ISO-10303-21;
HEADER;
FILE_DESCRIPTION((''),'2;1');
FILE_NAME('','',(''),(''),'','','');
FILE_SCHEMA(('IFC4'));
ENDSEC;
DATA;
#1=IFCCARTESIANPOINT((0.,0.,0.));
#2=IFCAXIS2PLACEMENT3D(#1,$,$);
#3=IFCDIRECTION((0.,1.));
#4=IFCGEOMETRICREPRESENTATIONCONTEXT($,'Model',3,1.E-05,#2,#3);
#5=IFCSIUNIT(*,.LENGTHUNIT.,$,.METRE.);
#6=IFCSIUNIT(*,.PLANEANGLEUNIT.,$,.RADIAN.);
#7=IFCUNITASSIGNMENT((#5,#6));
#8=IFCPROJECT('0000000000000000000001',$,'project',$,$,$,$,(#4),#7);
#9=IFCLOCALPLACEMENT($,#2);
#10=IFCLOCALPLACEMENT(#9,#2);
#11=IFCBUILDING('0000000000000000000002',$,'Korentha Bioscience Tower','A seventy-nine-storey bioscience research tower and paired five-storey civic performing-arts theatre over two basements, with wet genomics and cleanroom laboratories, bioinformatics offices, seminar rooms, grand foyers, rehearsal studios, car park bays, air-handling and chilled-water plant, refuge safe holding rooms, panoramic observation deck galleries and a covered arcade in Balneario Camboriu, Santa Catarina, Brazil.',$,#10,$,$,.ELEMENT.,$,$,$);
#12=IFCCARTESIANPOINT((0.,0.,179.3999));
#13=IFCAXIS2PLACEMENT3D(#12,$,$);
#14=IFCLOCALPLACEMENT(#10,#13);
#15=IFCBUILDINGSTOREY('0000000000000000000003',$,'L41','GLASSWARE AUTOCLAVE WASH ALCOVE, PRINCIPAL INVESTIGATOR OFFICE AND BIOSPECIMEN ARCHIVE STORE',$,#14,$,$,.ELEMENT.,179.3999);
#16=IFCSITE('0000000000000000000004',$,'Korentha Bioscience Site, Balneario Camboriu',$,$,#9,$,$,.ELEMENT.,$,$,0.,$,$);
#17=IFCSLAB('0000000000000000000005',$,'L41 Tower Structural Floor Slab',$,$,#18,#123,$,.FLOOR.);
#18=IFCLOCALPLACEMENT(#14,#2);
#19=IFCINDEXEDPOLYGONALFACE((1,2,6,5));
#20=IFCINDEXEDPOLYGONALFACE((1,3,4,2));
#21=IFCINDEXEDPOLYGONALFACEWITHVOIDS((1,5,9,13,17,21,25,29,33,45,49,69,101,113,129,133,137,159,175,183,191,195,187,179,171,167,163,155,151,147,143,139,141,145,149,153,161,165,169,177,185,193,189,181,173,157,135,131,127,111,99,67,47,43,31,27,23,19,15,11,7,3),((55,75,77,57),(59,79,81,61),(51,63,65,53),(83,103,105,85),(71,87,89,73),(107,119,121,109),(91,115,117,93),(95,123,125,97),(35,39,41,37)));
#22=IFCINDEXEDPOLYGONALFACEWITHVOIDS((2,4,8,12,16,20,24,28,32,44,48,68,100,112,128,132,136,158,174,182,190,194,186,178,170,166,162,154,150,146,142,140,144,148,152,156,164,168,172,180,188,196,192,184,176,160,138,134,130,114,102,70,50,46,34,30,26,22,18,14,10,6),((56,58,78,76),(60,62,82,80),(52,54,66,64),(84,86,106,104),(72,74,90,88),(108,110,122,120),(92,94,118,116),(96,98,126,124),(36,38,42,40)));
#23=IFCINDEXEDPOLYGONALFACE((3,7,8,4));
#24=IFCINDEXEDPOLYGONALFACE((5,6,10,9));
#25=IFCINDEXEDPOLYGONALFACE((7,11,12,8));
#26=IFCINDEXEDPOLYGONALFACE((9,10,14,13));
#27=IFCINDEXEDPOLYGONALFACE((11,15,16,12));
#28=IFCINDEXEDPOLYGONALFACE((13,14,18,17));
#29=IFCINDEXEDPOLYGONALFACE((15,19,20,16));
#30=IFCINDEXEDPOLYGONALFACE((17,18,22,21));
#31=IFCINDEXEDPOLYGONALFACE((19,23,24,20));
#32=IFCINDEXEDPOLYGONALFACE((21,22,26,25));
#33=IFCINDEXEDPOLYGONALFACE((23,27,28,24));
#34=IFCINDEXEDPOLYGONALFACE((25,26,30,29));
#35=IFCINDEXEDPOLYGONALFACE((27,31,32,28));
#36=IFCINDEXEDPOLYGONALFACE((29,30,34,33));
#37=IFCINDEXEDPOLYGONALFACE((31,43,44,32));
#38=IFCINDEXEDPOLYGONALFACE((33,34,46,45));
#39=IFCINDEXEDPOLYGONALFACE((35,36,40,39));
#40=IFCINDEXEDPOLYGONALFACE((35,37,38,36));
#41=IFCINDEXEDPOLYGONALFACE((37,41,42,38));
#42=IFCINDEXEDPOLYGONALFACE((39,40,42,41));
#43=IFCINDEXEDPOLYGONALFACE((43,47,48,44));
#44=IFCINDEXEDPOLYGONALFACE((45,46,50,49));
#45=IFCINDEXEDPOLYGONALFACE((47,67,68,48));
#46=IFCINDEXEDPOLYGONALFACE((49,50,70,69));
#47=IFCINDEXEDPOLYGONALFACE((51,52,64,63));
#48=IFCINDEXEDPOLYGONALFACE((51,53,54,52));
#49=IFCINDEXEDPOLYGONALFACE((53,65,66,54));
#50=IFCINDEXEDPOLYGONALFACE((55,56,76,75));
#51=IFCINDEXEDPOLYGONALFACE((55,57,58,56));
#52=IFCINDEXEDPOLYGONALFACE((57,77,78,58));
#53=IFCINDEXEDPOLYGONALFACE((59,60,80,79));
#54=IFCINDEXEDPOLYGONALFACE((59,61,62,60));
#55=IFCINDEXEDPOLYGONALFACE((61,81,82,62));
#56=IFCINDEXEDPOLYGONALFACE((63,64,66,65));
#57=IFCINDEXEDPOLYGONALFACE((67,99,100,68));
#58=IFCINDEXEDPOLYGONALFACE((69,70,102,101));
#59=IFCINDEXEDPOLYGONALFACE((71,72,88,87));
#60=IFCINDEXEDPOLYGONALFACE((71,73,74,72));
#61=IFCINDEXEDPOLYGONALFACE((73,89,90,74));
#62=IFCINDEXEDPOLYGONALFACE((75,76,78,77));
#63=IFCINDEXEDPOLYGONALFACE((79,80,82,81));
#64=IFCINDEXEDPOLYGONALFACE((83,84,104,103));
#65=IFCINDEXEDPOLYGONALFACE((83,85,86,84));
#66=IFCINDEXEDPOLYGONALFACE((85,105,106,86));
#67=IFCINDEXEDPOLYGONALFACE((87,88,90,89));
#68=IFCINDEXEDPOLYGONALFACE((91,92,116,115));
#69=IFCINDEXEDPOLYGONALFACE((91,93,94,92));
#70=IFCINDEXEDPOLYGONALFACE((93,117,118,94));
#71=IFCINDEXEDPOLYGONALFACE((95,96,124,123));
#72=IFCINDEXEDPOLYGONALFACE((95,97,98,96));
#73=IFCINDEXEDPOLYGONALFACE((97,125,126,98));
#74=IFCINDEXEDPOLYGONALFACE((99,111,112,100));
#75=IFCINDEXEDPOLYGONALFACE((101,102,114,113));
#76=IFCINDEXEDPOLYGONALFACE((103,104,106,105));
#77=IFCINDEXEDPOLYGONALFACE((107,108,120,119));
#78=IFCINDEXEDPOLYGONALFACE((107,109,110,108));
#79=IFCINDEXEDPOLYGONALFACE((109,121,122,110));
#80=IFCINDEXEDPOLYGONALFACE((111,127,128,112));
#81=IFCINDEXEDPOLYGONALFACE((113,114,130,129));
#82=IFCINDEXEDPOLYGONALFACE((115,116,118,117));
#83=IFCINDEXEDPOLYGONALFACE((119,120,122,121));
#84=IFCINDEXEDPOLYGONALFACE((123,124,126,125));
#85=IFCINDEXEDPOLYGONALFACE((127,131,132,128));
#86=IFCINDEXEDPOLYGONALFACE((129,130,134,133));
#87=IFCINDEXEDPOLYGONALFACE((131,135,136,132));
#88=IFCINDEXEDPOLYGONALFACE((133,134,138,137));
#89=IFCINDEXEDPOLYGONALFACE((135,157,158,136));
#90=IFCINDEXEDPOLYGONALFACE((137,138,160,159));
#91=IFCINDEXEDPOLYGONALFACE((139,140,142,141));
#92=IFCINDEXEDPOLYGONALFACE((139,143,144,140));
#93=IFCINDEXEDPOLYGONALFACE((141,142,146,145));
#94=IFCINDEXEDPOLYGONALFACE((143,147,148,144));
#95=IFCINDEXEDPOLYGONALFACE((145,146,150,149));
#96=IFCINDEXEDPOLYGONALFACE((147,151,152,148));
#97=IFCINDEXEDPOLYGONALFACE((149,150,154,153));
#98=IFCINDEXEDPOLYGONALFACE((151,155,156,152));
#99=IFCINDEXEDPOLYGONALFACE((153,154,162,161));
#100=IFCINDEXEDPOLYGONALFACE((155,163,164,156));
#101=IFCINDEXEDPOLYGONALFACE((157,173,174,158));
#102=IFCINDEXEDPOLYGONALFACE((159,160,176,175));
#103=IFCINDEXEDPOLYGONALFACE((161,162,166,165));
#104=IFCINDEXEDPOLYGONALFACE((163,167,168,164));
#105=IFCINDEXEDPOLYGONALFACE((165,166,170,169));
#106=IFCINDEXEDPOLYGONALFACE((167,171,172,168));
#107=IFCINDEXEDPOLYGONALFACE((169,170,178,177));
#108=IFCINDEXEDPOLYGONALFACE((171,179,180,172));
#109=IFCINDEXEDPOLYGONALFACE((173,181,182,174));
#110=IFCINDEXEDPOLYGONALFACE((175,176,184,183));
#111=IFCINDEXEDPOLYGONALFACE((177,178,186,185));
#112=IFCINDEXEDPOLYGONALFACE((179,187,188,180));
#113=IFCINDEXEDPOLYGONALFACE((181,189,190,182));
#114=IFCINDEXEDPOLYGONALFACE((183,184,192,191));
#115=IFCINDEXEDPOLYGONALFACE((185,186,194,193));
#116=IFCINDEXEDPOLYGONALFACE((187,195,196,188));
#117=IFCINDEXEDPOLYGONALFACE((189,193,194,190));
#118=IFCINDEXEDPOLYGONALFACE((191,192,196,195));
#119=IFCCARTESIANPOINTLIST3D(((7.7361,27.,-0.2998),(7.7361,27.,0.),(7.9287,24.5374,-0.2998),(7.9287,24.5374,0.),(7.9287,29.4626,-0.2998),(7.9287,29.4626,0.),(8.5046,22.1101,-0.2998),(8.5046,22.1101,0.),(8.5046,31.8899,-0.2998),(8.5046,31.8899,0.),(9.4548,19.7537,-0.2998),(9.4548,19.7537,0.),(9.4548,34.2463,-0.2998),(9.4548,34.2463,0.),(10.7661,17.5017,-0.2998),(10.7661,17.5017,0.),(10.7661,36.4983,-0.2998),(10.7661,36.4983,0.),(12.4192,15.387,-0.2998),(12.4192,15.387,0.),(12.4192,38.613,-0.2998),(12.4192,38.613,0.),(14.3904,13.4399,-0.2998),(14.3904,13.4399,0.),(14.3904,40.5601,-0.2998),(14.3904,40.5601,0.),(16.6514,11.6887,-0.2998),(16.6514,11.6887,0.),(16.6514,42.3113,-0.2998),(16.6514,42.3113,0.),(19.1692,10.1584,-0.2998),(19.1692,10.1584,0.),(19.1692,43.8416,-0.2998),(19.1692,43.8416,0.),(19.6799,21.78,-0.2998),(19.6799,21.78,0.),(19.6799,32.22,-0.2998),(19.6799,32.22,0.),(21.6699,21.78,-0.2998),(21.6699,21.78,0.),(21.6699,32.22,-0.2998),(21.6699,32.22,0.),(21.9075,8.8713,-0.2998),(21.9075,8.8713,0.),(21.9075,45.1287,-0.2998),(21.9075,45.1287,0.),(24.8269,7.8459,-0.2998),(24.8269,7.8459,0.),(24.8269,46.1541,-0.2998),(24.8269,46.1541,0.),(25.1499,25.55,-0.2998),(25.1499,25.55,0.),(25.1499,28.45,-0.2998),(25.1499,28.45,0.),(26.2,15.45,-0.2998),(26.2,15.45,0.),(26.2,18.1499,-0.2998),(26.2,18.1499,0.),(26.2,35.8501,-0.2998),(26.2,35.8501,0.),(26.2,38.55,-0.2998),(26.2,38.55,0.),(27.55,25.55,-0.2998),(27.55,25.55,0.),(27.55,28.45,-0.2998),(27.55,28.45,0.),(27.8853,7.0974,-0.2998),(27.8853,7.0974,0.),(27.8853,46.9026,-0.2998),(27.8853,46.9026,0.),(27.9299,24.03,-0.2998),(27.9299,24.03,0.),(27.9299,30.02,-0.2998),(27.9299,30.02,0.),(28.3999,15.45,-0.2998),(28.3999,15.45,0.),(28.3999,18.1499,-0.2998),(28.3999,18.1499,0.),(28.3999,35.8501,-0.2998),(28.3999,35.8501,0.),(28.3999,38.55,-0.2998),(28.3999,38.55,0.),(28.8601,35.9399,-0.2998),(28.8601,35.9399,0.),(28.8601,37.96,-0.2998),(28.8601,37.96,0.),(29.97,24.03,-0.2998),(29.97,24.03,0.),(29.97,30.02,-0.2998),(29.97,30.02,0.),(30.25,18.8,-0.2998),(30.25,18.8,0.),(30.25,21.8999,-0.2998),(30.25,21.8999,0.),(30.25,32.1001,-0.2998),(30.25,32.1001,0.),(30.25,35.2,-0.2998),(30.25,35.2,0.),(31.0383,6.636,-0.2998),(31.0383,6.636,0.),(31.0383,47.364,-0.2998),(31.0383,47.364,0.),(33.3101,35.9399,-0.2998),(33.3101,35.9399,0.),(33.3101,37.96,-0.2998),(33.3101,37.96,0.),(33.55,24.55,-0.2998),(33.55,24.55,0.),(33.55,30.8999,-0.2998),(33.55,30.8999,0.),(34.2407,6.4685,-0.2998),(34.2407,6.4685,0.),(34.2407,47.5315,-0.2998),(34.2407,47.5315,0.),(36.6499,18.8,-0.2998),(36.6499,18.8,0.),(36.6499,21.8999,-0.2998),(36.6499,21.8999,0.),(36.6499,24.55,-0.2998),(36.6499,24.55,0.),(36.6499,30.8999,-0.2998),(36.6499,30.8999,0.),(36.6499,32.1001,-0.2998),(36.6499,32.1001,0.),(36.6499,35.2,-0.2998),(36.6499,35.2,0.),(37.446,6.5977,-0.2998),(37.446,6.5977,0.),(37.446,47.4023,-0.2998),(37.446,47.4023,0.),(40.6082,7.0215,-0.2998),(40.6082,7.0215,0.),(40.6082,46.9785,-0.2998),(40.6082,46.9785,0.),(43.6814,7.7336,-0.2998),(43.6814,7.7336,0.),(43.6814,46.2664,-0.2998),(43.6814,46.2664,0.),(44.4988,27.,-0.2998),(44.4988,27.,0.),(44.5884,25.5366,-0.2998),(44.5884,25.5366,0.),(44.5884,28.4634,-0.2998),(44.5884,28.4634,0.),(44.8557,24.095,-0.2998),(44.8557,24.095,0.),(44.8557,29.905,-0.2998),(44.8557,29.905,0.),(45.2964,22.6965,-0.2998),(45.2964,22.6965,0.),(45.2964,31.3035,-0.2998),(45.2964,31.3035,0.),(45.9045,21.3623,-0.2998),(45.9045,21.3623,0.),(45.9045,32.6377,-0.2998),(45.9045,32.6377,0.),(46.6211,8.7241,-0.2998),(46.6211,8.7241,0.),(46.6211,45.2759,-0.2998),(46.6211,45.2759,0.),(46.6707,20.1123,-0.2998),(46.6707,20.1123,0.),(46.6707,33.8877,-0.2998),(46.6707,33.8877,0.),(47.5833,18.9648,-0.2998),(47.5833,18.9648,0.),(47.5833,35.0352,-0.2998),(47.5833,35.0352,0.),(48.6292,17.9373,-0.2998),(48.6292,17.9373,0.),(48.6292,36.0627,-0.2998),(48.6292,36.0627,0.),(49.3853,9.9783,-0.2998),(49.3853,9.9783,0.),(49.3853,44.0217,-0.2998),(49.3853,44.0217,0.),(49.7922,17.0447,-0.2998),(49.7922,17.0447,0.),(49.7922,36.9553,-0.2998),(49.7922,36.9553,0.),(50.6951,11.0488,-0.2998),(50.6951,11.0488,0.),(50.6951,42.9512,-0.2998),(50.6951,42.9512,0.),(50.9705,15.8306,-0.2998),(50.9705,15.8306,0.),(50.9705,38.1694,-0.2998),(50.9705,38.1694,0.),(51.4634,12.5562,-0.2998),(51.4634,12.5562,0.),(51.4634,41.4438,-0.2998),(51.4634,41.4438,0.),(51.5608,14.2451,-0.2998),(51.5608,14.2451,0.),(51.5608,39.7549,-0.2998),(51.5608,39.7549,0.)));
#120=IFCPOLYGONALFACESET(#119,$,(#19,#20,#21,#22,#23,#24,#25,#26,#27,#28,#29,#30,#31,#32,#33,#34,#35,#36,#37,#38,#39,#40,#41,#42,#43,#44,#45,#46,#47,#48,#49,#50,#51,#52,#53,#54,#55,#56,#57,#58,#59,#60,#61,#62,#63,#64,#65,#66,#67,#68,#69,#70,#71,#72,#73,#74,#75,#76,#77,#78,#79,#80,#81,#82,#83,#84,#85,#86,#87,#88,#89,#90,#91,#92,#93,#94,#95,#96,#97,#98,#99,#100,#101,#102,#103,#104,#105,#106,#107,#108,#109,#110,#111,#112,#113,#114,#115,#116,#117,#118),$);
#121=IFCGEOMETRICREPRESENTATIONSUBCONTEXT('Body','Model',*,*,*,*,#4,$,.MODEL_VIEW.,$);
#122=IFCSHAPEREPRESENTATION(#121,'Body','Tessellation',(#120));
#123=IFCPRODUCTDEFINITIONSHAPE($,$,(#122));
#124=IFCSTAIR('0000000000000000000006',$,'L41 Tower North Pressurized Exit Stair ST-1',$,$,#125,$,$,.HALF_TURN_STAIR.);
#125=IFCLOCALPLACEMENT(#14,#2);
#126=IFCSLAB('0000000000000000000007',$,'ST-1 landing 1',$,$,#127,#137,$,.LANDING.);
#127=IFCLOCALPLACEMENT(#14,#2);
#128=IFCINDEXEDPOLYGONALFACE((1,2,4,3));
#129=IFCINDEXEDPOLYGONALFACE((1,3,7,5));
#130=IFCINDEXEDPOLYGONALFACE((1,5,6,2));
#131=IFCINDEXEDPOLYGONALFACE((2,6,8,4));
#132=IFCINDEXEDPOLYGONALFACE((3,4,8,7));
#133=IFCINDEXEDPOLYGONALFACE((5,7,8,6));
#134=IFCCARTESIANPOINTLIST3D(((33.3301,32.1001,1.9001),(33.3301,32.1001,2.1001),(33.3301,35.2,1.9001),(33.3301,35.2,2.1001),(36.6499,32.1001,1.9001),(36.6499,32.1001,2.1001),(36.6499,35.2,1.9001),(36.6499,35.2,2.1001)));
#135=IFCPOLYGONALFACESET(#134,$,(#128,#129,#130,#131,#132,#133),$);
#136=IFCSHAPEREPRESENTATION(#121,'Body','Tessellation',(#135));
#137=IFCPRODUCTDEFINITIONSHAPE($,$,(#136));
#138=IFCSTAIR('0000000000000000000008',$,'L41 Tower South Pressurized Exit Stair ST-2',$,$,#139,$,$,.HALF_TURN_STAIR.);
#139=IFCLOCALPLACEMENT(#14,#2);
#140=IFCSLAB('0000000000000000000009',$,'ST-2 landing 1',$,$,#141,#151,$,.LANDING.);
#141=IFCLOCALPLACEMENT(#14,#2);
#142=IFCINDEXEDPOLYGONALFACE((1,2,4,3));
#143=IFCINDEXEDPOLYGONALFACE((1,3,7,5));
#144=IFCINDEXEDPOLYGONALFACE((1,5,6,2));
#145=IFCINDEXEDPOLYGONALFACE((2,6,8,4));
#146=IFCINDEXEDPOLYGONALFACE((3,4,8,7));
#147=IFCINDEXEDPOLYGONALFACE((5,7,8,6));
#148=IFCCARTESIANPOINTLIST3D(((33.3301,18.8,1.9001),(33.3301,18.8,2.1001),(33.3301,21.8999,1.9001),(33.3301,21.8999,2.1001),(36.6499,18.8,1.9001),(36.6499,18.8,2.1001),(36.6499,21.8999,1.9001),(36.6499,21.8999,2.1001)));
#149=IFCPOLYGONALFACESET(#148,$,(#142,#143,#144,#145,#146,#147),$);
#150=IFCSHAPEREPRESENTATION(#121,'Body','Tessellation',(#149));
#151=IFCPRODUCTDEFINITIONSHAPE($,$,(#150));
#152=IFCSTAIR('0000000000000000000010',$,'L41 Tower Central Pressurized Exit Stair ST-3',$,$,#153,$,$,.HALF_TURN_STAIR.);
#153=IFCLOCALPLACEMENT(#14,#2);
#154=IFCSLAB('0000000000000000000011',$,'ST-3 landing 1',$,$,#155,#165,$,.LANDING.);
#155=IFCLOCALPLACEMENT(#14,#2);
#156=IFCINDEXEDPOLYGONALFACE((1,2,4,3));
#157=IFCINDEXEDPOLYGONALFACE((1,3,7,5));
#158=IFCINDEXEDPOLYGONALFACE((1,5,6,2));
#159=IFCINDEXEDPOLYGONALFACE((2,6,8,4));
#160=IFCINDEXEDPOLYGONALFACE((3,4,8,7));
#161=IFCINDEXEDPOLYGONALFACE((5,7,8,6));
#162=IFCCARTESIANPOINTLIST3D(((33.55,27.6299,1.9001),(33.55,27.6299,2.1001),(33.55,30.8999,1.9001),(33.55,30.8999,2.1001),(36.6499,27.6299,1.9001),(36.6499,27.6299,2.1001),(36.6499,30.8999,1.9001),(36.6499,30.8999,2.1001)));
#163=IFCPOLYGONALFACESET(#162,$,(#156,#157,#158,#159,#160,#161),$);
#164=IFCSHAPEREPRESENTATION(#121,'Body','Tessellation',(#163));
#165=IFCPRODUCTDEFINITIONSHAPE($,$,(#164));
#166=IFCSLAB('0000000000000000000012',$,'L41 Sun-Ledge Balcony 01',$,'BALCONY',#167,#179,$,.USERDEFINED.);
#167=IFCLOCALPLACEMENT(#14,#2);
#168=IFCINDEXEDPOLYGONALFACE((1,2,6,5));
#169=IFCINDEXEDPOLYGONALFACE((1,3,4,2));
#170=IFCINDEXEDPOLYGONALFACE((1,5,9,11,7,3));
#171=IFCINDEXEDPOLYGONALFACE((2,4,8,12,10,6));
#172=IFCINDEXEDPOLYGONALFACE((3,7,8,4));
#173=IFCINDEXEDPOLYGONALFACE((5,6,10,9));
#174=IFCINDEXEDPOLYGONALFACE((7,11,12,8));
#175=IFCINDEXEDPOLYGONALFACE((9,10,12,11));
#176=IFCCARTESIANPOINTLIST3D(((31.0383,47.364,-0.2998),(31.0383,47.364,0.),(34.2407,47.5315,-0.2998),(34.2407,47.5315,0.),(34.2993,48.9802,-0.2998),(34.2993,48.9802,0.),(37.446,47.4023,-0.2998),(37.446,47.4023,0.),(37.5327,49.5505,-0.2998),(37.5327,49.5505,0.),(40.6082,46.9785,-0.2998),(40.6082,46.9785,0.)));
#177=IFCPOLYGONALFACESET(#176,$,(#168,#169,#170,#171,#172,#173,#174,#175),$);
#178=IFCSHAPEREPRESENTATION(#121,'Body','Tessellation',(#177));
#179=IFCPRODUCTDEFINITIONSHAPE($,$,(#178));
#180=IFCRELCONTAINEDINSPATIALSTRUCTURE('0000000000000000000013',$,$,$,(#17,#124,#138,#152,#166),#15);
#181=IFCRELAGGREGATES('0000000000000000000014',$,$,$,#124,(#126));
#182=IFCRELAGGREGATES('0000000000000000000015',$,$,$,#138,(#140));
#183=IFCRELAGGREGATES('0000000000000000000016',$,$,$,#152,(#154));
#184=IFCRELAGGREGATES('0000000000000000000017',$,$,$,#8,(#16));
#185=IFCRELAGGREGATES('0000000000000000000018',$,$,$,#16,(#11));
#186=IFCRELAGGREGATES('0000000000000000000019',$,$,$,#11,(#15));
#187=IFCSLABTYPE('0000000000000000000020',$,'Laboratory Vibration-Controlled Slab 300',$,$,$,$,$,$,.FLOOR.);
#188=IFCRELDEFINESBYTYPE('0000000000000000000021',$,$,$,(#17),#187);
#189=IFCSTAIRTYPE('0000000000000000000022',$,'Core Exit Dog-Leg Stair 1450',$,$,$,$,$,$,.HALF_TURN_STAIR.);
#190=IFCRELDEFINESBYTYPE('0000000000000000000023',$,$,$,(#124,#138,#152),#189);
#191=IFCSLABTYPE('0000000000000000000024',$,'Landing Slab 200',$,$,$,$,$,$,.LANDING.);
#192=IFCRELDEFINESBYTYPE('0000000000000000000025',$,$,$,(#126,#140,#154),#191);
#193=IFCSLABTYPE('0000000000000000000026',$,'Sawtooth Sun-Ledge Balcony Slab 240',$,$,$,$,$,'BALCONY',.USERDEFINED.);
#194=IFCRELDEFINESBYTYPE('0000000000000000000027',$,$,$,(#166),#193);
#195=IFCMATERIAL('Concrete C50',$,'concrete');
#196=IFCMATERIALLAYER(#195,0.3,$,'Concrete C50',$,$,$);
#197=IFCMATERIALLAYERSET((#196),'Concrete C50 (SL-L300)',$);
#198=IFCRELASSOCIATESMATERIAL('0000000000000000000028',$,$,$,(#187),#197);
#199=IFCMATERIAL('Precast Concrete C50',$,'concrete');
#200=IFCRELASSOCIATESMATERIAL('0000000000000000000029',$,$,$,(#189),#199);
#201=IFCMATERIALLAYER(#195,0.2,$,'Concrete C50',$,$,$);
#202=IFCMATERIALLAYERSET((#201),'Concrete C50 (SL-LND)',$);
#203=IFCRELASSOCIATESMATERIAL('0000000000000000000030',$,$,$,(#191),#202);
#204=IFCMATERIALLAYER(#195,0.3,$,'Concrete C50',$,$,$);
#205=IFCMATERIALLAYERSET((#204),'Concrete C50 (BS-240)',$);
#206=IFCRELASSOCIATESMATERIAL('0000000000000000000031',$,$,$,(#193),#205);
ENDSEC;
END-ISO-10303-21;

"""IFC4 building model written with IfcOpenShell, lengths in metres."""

from ifc_helpers import new_model, si_unit, direction, frame, origin, place, context, subcontext, project, spatial, polyline, outline, extrude, material, layer, layer_set, type_object, element, aggregate, save


model = new_model("IFC4")

# Units and contexts
model_context = context("Model", 3, precision=1e-05, world=origin(), true_north=direction((0.0, 1.0)))
body_context = subcontext(model_context, "Body", "Model", "MODEL_VIEW")
ifc_project = project(units=[si_unit("LENGTHUNIT", "METRE"), si_unit("PLANEANGLEUNIT", "RADIAN")], contexts=[model_context])

# Site, building, storey
site_placement = place(None, origin())
site = spatial("IfcSite", under=ifc_project, at=site_placement, Name="Korentha Bioscience Site, Balneario Camboriu", CompositionType="ELEMENT", RefElevation=0.0)
building_placement = place(site_placement, origin())
building = spatial("IfcBuilding", under=site, at=building_placement, Name="Korentha Bioscience Tower", Description="A seventy-nine-storey bioscience research tower and paired five-storey civic performing-arts theatre over two basements, with wet genomics and cleanroom laboratories, bioinformatics offices, seminar rooms, grand foyers, rehearsal studios, car park bays, air-handling and chilled-water plant, refuge safe holding rooms, panoramic observation deck galleries and a covered arcade in Balneario Camboriu, Santa Catarina, Brazil.", CompositionType="ELEMENT")
storey_placement = place(building_placement, frame((0.0, 0.0, 179.3999)))
storey = spatial("IfcBuildingStorey", under=building, at=storey_placement, Name="L41", Description="GLASSWARE AUTOCLAVE WASH ALCOVE, PRINCIPAL INVESTIGATOR OFFICE AND BIOSPECIMEN ARCHIVE STORE", CompositionType="ELEMENT", Elevation=179.3999)

# Slab
ifc_material_1 = material(Name="Concrete C50", Category="concrete")
ifc_layer_1 = layer(ifc_material_1, 0.3, Name="Concrete C50")
ifc_layer_set_1 = layer_set([ifc_layer_1], Name="Concrete C50 (SL-L300)")
slab_type_1 = type_object("IfcSlabType", Name="Laboratory Vibration-Controlled Slab 300", PredefinedType="FLOOR", material=ifc_layer_set_1)
slab_1_placement = place(storey_placement, frame((0.0, 0.0, -0.2998)))
element("IfcSlab", 1, at=slab_1_placement, inside=storey, type_object=slab_type_1, Name="L41 Tower Structural Floor Slab", PredefinedType="FLOOR", context=body_context, shape_type="SweptSolid", body=[
    extrude(outline(polyline([(49.3853, 44.0217), (46.6211, 45.2759), (43.6814, 46.2664), (40.6082, 46.9785), (37.446, 47.4023), (34.2407, 47.5315), (31.0383, 47.364), (27.8853, 46.9026), (24.8269, 46.1541), (21.9075, 45.1287), (19.1692, 43.8416), (16.6514, 42.3113), (14.3904, 40.5601), (12.4192, 38.613), (10.7661, 36.4983), (9.4548, 34.2463), (8.5046, 31.8899), (7.9287, 29.4626), (7.7361, 27.0), (7.9287, 24.5374), (8.5046, 22.1101), (9.4548, 19.7537), (10.7661, 17.5017), (12.4192, 15.387), (14.3904, 13.4399), (16.6514, 11.6887), (19.1692, 10.1584), (21.9075, 8.8713), (24.8269, 7.8459), (27.8853, 7.0974), (31.0383, 6.636), (34.2407, 6.4685), (37.446, 6.5977), (40.6082, 7.0215), (43.6814, 7.7336), (46.6211, 8.7241), (49.3853, 9.9783), (50.6951, 11.0488), (51.4634, 12.5562), (51.5608, 14.2451), (50.9705, 15.8306), (49.7922, 17.0447), (48.6292, 17.9373), (47.5833, 18.9648), (46.6707, 20.1123), (45.9045, 21.3623), (45.2964, 22.6965), (44.8557, 24.095), (44.5884, 25.5366), (44.4988, 27.0), (44.5884, 28.4634), (44.8557, 29.905), (45.2964, 31.3035), (45.9045, 32.6377), (46.6707, 33.8877), (47.5833, 35.0352), (48.6292, 36.0627), (49.7922, 36.9553), (50.9705, 38.1694), (51.5608, 39.7549), (51.4634, 41.4438), (50.6951, 42.9512), (49.3853, 44.0217)]), holes=[polyline([(30.25, 32.1001), (36.6499, 32.1001), (36.6499, 35.2), (30.25, 35.2), (30.25, 32.1001)]), polyline([(30.25, 18.8), (36.6499, 18.8), (36.6499, 21.8999), (30.25, 21.8999), (30.25, 18.8)]), polyline([(36.6499, 24.55), (36.6499, 30.8999), (33.55, 30.8999), (33.55, 24.55), (36.6499, 24.55)]), polyline([(19.6799, 21.78), (21.6699, 21.78), (21.6699, 32.22), (19.6799, 32.22), (19.6799, 21.78)]), polyline([(27.9299, 24.03), (29.97, 24.03), (29.97, 30.02), (27.9299, 30.02), (27.9299, 24.03)]), polyline([(28.8601, 35.9399), (33.3101, 35.9399), (33.3101, 37.96), (28.8601, 37.96), (28.8601, 35.9399)]), polyline([(26.2, 15.45), (28.3999, 15.45), (28.3999, 18.1499), (26.2, 18.1499), (26.2, 15.45)]), polyline([(26.2, 35.8501), (28.3999, 35.8501), (28.3999, 38.55), (26.2, 38.55), (26.2, 35.8501)]), polyline([(25.1499, 25.55), (27.55, 25.55), (27.55, 28.45), (25.1499, 28.45), (25.1499, 25.55)])]), origin(), (0.0, 0.0, 1.0), 0.2998),
])

# Stairs, slabs
ifc_material_2 = material(Name="Precast Concrete C50", Category="concrete")
stair_type = type_object("IfcStairType", Name="Core Exit Dog-Leg Stair 1450", PredefinedType="HALF_TURN_STAIR", material=ifc_material_2)
stair_1_placement = place(storey_placement, origin())
stair_1 = element("IfcStair", 2, at=stair_1_placement, inside=storey, type_object=stair_type, Name="L41 Tower North Pressurized Exit Stair ST-1", PredefinedType="HALF_TURN_STAIR")
ifc_layer_2 = layer(ifc_material_1, 0.2, Name="Concrete C50")
ifc_layer_set_2 = layer_set([ifc_layer_2], Name="Concrete C50 (SL-LND)")
slab_type_2 = type_object("IfcSlabType", Name="Landing Slab 200", PredefinedType="LANDING", material=ifc_layer_set_2)
slab_2_placement = place(storey_placement, frame((0.0, 0.0, 1.9001)))
slab_2 = element("IfcSlab", 3, at=slab_2_placement, type_object=slab_type_2, Name="ST-1 landing 1", PredefinedType="LANDING", context=body_context, shape_type="SweptSolid", body=[
    extrude(outline(polyline([(33.3301, 32.1001), (36.6499, 32.1001), (36.6499, 35.2), (33.3301, 35.2), (33.3301, 32.1001)])), origin(), (0.0, 0.0, 1.0), 0.2),
])
aggregate(stair_1, [slab_2])
stair_2_placement = place(storey_placement, origin())
stair_2 = element("IfcStair", 4, at=stair_2_placement, inside=storey, type_object=stair_type, Name="L41 Tower South Pressurized Exit Stair ST-2", PredefinedType="HALF_TURN_STAIR")
slab_3_placement = place(storey_placement, frame((0.0, 0.0, 1.9001)))
slab_3 = element("IfcSlab", 5, at=slab_3_placement, type_object=slab_type_2, Name="ST-2 landing 1", PredefinedType="LANDING", context=body_context, shape_type="SweptSolid", body=[
    extrude(outline(polyline([(33.3301, 18.8), (36.6499, 18.8), (36.6499, 21.8999), (33.3301, 21.8999), (33.3301, 18.8)])), origin(), (0.0, 0.0, 1.0), 0.2),
])
aggregate(stair_2, [slab_3])
stair_3_placement = place(storey_placement, origin())
stair_3 = element("IfcStair", 6, at=stair_3_placement, inside=storey, type_object=stair_type, Name="L41 Tower Central Pressurized Exit Stair ST-3", PredefinedType="HALF_TURN_STAIR")
slab_4_placement = place(storey_placement, frame((0.0, 0.0, 1.9001)))
slab_4 = element("IfcSlab", 7, at=slab_4_placement, type_object=slab_type_2, Name="ST-3 landing 1", PredefinedType="LANDING", context=body_context, shape_type="SweptSolid", body=[
    extrude(outline(polyline([(36.6499, 27.6299), (36.6499, 30.8999), (33.55, 30.8999), (33.55, 27.6299), (36.6499, 27.6299)])), origin(), (0.0, 0.0, 1.0), 0.2),
])
aggregate(stair_3, [slab_4])

# Slab
ifc_layer_3 = layer(ifc_material_1, 0.3, Name="Concrete C50")
ifc_layer_set_3 = layer_set([ifc_layer_3], Name="Concrete C50 (BS-240)")
slab_type_3 = type_object("IfcSlabType", Name="Sawtooth Sun-Ledge Balcony Slab 240", ElementType="BALCONY", PredefinedType="USERDEFINED", material=ifc_layer_set_3)
slab_5_placement = place(storey_placement, frame((0.0, 0.0, -0.2998)))
element("IfcSlab", 8, at=slab_5_placement, inside=storey, type_object=slab_type_3, Name="L41 Sun-Ledge Balcony 01", ObjectType="BALCONY", PredefinedType="USERDEFINED", context=body_context, shape_type="SweptSolid", body=[
    extrude(outline(polyline([(31.0383, 47.364), (34.2407, 47.5315), (37.446, 47.4023), (40.6082, 46.9785), (37.5327, 49.5505), (34.2993, 48.9802), (31.0383, 47.364)])), origin(), (0.0, 0.0, 1.0), 0.2998),
])

save(model, "model.ifc")
